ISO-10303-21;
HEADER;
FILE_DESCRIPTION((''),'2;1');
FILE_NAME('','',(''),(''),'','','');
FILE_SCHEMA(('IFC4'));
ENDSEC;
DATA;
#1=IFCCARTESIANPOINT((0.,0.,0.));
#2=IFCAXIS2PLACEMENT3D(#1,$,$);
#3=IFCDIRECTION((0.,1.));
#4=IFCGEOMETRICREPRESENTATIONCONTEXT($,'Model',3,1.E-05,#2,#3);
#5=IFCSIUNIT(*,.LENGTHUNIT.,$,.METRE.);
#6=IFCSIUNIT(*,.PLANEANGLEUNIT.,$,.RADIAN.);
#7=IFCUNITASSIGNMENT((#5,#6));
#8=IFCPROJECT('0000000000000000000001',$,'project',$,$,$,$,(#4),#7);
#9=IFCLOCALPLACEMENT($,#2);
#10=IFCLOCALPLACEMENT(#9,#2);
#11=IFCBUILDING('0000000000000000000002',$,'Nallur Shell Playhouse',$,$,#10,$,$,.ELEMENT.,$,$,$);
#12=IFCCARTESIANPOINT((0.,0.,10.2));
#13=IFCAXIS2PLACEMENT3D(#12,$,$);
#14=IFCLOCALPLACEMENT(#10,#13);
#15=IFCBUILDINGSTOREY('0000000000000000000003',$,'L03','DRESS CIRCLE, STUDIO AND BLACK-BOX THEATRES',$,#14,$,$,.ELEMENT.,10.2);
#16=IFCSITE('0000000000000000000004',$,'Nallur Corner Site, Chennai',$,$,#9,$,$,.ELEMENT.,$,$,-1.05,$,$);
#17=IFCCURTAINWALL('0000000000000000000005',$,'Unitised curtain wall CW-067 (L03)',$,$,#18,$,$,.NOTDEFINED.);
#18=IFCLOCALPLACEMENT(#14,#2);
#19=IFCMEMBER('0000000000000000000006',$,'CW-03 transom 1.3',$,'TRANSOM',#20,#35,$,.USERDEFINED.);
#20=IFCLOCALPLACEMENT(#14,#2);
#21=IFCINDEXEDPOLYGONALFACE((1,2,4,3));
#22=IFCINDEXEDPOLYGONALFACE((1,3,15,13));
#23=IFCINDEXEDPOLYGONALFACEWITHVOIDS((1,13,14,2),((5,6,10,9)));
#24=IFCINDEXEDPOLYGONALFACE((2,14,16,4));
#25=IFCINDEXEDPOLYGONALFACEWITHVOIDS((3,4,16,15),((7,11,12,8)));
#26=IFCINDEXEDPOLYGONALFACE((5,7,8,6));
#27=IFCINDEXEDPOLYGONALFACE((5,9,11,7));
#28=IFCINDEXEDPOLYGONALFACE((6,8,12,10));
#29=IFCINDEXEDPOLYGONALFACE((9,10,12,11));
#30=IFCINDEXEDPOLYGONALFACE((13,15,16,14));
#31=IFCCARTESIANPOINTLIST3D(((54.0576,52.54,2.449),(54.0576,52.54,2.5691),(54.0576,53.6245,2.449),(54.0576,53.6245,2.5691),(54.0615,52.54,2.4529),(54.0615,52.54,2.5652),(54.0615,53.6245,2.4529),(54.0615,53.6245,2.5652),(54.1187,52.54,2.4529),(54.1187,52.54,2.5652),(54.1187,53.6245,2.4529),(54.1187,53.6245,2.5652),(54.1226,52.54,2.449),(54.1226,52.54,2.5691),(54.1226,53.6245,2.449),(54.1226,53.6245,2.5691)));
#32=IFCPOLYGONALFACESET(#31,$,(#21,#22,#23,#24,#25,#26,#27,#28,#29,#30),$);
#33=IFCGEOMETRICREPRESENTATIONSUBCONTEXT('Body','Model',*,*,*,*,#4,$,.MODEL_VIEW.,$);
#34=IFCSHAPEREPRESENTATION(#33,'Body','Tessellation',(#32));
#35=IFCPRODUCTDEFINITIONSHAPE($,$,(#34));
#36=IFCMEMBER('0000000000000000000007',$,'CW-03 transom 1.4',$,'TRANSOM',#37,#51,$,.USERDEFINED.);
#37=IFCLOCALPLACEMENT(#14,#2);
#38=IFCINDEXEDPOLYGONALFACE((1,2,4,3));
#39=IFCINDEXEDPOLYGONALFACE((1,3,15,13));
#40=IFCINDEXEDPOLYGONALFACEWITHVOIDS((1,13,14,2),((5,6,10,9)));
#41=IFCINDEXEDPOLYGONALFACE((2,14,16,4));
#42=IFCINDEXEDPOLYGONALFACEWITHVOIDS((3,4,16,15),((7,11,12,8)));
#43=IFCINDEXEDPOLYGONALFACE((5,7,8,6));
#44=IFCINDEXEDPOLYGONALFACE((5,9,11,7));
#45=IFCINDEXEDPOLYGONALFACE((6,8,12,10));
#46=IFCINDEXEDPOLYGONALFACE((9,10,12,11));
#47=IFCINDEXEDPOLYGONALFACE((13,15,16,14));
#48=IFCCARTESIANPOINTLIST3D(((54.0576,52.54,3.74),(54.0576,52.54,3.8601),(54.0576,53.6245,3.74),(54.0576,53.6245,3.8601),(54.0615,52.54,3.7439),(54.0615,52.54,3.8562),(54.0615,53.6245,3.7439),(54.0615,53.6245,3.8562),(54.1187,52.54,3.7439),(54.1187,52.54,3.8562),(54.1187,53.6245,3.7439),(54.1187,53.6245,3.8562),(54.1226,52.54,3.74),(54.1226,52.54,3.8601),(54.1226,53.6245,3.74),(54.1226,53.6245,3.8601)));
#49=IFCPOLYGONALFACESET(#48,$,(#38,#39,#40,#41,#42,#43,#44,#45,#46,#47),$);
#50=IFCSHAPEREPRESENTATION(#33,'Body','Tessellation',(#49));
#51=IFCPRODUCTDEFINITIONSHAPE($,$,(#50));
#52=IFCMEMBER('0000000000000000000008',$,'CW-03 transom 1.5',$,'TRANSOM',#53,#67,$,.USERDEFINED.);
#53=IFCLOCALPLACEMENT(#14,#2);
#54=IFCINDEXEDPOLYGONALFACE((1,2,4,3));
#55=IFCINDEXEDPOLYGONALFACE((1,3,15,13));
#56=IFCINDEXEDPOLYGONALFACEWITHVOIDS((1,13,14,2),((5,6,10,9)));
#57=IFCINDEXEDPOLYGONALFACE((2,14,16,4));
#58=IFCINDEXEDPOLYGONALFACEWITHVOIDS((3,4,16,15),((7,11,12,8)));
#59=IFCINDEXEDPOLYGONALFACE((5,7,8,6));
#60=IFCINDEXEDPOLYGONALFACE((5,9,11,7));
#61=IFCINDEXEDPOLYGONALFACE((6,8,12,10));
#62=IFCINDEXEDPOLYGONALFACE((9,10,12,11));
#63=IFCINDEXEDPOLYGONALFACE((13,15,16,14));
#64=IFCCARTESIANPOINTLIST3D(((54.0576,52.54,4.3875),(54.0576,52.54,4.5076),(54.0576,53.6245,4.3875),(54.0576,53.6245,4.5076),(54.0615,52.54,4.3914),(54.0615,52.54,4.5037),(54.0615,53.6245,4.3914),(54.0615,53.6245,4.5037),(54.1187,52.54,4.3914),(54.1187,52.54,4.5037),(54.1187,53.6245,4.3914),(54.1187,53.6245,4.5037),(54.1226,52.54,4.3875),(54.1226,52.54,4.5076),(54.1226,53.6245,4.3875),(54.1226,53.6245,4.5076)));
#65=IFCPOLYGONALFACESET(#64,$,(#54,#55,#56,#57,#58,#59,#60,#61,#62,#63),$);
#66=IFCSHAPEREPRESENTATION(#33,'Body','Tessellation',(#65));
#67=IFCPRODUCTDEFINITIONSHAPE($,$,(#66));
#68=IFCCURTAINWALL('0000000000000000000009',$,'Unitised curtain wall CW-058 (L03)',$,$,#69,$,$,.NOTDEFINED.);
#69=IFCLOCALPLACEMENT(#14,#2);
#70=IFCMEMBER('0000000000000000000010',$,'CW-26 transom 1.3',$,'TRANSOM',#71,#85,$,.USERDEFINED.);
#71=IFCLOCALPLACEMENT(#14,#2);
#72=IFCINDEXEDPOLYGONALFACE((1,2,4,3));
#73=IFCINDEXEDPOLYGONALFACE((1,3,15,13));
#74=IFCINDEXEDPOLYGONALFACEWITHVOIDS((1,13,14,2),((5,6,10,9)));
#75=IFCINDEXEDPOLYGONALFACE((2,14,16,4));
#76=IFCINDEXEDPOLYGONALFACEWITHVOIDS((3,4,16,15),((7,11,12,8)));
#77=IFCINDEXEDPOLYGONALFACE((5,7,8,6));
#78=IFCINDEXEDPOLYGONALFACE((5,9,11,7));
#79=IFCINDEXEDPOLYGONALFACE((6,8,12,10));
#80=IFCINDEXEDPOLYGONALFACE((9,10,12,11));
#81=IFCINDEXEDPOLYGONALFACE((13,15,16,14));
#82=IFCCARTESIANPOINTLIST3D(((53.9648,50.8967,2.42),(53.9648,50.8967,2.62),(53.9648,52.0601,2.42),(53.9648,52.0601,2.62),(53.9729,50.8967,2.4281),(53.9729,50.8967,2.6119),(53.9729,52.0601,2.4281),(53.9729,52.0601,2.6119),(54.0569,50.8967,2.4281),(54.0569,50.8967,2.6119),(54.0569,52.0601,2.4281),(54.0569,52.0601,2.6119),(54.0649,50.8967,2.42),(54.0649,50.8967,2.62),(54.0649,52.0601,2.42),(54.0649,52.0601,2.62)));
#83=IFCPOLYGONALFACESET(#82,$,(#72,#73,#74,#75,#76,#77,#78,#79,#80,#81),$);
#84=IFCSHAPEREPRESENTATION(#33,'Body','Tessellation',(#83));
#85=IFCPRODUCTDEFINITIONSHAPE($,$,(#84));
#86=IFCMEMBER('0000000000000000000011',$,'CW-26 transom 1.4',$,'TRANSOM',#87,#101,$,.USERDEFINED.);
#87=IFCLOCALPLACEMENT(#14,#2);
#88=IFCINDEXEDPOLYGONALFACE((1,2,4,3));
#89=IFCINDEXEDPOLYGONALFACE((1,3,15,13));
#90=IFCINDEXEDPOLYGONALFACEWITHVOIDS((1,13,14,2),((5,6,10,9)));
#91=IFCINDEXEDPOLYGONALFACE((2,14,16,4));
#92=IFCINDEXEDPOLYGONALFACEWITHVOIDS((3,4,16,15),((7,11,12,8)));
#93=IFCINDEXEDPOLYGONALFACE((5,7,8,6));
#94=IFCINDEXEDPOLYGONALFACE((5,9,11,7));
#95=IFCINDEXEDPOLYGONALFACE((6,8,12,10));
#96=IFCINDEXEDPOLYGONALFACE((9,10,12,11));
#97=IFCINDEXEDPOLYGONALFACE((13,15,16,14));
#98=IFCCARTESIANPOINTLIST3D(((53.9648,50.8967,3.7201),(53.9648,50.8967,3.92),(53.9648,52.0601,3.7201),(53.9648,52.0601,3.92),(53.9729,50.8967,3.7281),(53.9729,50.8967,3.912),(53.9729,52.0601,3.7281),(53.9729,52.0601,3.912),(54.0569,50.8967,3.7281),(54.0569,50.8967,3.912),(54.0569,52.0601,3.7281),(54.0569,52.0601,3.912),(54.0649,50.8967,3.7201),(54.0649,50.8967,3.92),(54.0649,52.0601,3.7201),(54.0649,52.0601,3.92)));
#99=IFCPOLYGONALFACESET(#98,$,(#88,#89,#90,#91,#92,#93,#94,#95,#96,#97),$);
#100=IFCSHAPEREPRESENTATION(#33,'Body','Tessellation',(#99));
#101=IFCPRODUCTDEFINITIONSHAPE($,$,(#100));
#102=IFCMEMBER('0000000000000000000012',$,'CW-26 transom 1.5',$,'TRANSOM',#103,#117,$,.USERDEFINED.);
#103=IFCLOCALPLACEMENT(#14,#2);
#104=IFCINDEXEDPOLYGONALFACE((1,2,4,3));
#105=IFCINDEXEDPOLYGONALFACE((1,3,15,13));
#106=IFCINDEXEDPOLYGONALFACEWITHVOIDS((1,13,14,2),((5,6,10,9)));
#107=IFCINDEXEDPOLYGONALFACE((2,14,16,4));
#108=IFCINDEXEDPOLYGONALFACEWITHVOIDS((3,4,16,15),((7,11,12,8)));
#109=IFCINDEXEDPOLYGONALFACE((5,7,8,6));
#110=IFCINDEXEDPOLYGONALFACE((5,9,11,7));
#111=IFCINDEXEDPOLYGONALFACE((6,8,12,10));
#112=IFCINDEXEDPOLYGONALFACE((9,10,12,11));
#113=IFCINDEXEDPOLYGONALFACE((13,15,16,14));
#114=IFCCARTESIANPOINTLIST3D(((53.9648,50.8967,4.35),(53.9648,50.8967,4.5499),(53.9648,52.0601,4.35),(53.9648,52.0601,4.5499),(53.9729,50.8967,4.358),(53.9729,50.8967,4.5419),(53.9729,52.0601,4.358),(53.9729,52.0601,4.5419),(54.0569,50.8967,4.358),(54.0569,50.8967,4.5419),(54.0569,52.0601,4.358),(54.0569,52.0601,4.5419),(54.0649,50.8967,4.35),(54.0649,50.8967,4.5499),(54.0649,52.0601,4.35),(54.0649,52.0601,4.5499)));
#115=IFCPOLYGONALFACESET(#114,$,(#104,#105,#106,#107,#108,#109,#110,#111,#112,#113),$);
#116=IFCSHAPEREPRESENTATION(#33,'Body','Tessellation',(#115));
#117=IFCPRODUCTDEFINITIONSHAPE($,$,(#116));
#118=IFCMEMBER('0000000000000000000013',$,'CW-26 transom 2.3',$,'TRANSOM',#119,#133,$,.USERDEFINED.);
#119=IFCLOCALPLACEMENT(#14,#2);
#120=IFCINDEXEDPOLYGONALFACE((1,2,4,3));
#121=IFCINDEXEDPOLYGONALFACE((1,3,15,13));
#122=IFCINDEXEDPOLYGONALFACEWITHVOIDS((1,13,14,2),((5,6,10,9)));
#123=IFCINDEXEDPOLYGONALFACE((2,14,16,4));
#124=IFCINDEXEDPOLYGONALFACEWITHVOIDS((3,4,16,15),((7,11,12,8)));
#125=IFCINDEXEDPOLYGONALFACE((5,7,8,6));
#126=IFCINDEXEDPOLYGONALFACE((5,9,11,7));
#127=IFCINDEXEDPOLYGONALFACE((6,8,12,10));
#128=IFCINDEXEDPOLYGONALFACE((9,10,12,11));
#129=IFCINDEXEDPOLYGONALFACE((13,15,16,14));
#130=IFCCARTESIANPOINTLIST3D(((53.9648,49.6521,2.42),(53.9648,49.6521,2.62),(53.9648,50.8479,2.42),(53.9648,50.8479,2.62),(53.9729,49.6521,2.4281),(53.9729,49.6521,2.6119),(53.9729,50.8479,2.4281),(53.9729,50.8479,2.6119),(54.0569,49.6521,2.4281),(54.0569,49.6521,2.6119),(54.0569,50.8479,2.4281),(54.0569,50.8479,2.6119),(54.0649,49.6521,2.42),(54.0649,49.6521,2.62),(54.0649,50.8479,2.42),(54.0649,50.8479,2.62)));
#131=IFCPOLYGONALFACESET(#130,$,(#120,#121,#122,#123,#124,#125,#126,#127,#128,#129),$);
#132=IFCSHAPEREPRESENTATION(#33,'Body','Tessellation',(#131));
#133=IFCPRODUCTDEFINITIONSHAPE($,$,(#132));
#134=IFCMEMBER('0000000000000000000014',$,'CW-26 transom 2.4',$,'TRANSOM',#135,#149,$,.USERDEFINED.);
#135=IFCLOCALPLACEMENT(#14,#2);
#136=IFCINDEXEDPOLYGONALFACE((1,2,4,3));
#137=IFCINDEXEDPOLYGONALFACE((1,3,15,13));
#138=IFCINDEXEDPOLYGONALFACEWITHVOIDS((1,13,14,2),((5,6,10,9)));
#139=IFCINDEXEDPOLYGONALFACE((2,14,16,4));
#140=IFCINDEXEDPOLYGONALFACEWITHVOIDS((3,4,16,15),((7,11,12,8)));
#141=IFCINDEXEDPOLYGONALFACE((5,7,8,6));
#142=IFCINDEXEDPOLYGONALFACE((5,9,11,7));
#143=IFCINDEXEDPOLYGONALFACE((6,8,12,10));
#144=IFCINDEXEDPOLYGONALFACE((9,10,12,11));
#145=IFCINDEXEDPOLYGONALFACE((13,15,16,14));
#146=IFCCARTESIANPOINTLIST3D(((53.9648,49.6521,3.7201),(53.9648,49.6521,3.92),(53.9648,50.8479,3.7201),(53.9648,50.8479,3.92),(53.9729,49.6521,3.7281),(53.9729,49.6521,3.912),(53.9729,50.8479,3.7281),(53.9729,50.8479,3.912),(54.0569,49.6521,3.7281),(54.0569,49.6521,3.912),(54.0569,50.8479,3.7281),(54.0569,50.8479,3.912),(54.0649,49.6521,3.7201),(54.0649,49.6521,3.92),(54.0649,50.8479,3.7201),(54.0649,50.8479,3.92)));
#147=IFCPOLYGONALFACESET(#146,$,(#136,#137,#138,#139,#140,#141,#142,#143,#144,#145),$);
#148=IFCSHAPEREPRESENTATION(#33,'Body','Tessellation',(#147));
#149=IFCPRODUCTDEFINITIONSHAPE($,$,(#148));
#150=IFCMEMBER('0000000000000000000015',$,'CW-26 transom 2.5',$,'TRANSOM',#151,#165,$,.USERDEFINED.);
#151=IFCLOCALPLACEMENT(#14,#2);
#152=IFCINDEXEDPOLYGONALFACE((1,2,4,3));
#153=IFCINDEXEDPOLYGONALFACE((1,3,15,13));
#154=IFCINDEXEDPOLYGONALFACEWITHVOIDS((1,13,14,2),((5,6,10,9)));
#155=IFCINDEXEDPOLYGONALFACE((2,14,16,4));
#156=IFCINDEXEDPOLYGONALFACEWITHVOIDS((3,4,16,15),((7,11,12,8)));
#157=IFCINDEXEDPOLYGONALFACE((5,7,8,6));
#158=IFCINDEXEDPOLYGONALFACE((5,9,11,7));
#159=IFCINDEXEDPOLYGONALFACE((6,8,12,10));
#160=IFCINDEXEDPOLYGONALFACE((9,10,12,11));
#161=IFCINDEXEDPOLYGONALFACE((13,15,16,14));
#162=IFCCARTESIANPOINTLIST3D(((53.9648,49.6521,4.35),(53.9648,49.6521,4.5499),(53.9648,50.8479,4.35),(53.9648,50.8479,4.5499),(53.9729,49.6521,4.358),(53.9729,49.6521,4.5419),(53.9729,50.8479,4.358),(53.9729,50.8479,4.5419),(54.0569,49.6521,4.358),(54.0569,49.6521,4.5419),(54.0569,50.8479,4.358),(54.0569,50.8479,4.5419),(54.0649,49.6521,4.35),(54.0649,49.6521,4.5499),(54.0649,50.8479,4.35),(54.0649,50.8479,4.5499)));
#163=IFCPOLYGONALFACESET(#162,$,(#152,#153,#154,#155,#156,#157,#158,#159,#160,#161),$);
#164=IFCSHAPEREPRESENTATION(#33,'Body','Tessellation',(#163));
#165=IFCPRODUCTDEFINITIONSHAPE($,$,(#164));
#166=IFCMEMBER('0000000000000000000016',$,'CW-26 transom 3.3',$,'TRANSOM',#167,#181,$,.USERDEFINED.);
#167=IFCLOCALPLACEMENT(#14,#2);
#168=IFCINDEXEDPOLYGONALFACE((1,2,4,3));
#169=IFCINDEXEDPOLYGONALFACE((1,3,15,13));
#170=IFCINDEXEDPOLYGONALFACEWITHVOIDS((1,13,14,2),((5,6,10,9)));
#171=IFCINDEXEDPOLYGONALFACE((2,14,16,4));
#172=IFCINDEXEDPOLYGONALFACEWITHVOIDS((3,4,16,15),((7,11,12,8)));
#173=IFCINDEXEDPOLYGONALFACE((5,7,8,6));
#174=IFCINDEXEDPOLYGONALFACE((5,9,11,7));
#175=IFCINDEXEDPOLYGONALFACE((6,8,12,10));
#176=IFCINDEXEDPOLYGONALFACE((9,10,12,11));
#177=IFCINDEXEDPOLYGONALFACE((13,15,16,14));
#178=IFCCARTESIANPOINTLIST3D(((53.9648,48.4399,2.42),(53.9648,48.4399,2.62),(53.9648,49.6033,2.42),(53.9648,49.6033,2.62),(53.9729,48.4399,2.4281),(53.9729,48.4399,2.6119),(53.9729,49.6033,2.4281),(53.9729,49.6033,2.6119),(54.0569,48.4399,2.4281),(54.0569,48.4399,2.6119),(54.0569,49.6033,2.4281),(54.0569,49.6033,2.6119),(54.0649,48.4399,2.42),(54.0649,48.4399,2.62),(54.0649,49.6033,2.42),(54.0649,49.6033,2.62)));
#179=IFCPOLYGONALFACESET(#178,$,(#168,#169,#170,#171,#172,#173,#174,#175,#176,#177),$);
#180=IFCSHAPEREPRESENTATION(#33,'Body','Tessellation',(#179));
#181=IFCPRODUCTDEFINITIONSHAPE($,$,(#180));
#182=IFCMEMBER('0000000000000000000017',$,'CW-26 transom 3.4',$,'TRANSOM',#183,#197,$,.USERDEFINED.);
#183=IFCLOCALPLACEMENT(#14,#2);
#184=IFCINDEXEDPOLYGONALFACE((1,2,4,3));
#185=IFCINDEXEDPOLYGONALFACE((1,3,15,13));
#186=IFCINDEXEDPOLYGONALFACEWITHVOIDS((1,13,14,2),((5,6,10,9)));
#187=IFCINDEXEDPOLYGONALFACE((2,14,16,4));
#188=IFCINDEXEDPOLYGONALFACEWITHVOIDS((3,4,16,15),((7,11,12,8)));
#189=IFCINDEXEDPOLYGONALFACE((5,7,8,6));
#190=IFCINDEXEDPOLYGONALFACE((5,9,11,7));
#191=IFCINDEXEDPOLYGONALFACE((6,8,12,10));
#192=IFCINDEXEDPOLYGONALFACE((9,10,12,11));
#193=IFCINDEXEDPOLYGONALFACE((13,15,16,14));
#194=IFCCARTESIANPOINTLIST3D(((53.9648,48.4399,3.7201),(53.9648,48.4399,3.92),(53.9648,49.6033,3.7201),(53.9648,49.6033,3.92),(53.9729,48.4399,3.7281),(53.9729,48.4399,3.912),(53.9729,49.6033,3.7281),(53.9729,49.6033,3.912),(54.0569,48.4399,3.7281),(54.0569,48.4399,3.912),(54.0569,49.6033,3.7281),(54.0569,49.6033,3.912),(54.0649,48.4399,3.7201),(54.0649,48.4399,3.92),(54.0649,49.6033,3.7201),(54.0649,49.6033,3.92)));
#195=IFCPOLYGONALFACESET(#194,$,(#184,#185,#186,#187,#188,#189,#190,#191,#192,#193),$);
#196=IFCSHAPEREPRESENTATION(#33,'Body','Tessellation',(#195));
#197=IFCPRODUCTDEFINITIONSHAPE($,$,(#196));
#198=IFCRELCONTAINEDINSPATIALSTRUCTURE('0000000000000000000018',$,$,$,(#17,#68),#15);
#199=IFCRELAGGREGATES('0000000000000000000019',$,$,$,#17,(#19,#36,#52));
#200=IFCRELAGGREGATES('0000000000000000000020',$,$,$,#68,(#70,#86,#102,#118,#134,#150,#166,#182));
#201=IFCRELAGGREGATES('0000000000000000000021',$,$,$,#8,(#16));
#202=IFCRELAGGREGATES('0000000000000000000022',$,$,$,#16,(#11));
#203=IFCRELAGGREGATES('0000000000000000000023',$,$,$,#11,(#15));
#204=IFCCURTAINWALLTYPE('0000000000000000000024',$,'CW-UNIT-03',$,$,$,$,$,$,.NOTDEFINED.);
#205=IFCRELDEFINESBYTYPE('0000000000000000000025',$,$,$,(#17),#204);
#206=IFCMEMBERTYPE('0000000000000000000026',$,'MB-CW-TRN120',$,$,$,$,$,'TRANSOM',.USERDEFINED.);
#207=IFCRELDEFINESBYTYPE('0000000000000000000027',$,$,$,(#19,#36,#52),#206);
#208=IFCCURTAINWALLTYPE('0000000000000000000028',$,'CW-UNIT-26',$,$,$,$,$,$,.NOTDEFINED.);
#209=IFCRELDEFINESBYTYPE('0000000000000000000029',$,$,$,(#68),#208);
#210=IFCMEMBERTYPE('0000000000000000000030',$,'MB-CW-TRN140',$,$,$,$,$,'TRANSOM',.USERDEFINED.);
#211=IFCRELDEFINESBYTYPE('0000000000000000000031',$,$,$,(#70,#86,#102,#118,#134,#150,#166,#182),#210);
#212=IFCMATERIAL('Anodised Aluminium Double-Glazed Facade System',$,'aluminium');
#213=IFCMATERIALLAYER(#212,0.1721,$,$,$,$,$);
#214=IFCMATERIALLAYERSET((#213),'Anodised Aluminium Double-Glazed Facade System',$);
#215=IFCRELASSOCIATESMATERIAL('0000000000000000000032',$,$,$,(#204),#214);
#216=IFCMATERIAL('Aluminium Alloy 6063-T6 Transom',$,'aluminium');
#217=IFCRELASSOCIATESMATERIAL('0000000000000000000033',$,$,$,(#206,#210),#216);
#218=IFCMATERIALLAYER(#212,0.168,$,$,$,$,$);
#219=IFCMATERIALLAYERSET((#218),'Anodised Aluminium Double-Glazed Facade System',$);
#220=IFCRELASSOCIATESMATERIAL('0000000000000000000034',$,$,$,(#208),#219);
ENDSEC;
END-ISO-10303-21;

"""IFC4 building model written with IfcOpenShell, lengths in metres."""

from ifc_helpers import new_model, si_unit, direction, frame, origin, origin_2d, place, context, subcontext, project, spatial, hollow_rectangle, extrude, material, layer, layer_set, material_profile, profile_set, type_object, element, aggregate, save


model = new_model("IFC4")

# Units and contexts
model_context = context("Model", 3, precision=1e-05, world=origin(), true_north=direction((0.0, 1.0)))
body_context = subcontext(model_context, "Body", "Model", "MODEL_VIEW")
ifc_project = project(units=[si_unit("LENGTHUNIT", "METRE"), si_unit("PLANEANGLEUNIT", "RADIAN")], contexts=[model_context])

# Site, building, storey
site_placement = place(None, origin())
site = spatial("IfcSite", under=ifc_project, at=site_placement, Name="Nallur Corner Site, Chennai", CompositionType="ELEMENT", RefElevation=-1.05)
building_placement = place(site_placement, origin())
building = spatial("IfcBuilding", under=site, at=building_placement, Name="Nallur Shell Playhouse", CompositionType="ELEMENT")
storey_placement = place(building_placement, frame((0.0, 0.0, 10.2)))
storey = spatial("IfcBuildingStorey", under=building, at=storey_placement, Name="L03", Description="DRESS CIRCLE, STUDIO AND BLACK-BOX THEATRES", CompositionType="ELEMENT", Elevation=10.2)

# Curtain walls, members
ifc_material_1 = material(Name="Anodised Aluminium Double-Glazed Facade System", Category="aluminium")
ifc_layer_1 = layer(ifc_material_1, 0.1721)
ifc_layer_set_1 = layer_set([ifc_layer_1], Name="Anodised Aluminium Double-Glazed Facade System")
curtain_wall_type_1 = type_object("IfcCurtainWallType", Name="CW-UNIT-03", PredefinedType="NOTDEFINED", material=ifc_layer_set_1)
curtain_wall_1_placement = place(storey_placement, origin())
curtain_wall_1 = element("IfcCurtainWall", 1, at=curtain_wall_1_placement, inside=storey, type_object=curtain_wall_type_1, Name="Unitised curtain wall CW-067 (L03)", PredefinedType="NOTDEFINED")
ifc_material_2 = material(Name="Aluminium Alloy 6063-T6 Transom", Category="aluminium")
ifc_material_profile_1 = material_profile(ifc_material_2, hollow_rectangle(XDim=0.0649, YDim=0.1201, WallThickness=0.0039, at=origin_2d()), Name="ALU 65x120x4")
ifc_profile_set_1 = profile_set([ifc_material_profile_1], Name="Aluminium Alloy 6063-T6 Transom")
member_type_1 = type_object("IfcMemberType", Name="MB-CW-TRN120", ElementType="TRANSOM", PredefinedType="USERDEFINED", material=ifc_profile_set_1)
member_1_placement = place(storey_placement, frame((54.0901, 52.54, 2.509), z_axis=(0.0, 1.0, 0.0), x_axis=(-1.0, 0.0, 0.0)))
member_1 = element("IfcMember", 2, at=member_1_placement, type_object=member_type_1, Name="CW-03 transom 1.3", ObjectType="TRANSOM", PredefinedType="USERDEFINED", context=body_context, shape_type="SweptSolid", body=[
    extrude(hollow_rectangle(XDim=0.0649, YDim=0.1201, WallThickness=0.0039, at=origin_2d()), origin(), (0.0, 0.0, 1.0), 1.0845),
])
member_2_placement = place(storey_placement, frame((54.0901, 52.54, 3.8), z_axis=(0.0, 1.0, 0.0), x_axis=(-1.0, 0.0, 0.0)))
member_2 = element("IfcMember", 3, at=member_2_placement, type_object=member_type_1, Name="CW-03 transom 1.4", ObjectType="TRANSOM", PredefinedType="USERDEFINED", context=body_context, shape_type="SweptSolid", body=[
    extrude(hollow_rectangle(XDim=0.0649, YDim=0.1201, WallThickness=0.0039, at=origin_2d()), origin(), (0.0, 0.0, 1.0), 1.0845),
])
member_3_placement = place(storey_placement, frame((54.0901, 52.54, 4.4475), z_axis=(0.0, 1.0, 0.0), x_axis=(-1.0, 0.0, 0.0)))
member_3 = element("IfcMember", 4, at=member_3_placement, type_object=member_type_1, Name="CW-03 transom 1.5", ObjectType="TRANSOM", PredefinedType="USERDEFINED", context=body_context, shape_type="SweptSolid", body=[
    extrude(hollow_rectangle(XDim=0.0649, YDim=0.1201, WallThickness=0.0039, at=origin_2d()), origin(), (0.0, 0.0, 1.0), 1.0845),
])
aggregate(curtain_wall_1, [member_1, member_2, member_3])
ifc_layer_2 = layer(ifc_material_1, 0.168)
ifc_layer_set_2 = layer_set([ifc_layer_2], Name="Anodised Aluminium Double-Glazed Facade System")
curtain_wall_type_2 = type_object("IfcCurtainWallType", Name="CW-UNIT-26", PredefinedType="NOTDEFINED", material=ifc_layer_set_2)
curtain_wall_2_placement = place(storey_placement, origin())
curtain_wall_2 = element("IfcCurtainWall", 5, at=curtain_wall_2_placement, inside=storey, type_object=curtain_wall_type_2, Name="Unitised curtain wall CW-058 (L03)", PredefinedType="NOTDEFINED")
ifc_material_profile_2 = material_profile(ifc_material_2, hollow_rectangle(XDim=0.1001, YDim=0.2, WallThickness=0.0081, at=origin_2d()), Name="RHS 200x100x8")
ifc_profile_set_2 = profile_set([ifc_material_profile_2], Name="Aluminium Alloy 6063-T6 Transom")
member_type_2 = type_object("IfcMemberType", Name="MB-CW-TRN140", ElementType="TRANSOM", PredefinedType="USERDEFINED", material=ifc_profile_set_2)
member_4_placement = place(storey_placement, frame((54.0149, 52.0601, 2.52), z_axis=(0.0, -1.0, 0.0), x_axis=(1.0, 0.0, 0.0)))
member_4 = element("IfcMember", 6, at=member_4_placement, type_object=member_type_2, Name="CW-26 transom 1.3", ObjectType="TRANSOM", PredefinedType="USERDEFINED", context=body_context, shape_type="SweptSolid", body=[
    extrude(hollow_rectangle(XDim=0.1001, YDim=0.2, WallThickness=0.0081, at=origin_2d()), origin(), (0.0, 0.0, 1.0), 1.1633),
])
member_5_placement = place(storey_placement, frame((54.0149, 52.0601, 3.8201), z_axis=(0.0, -1.0, 0.0), x_axis=(1.0, 0.0, 0.0)))
member_5 = element("IfcMember", 7, at=member_5_placement, type_object=member_type_2, Name="CW-26 transom 1.4", ObjectType="TRANSOM", PredefinedType="USERDEFINED", context=body_context, shape_type="SweptSolid", body=[
    extrude(hollow_rectangle(XDim=0.1001, YDim=0.2, WallThickness=0.0081, at=origin_2d()), origin(), (0.0, 0.0, 1.0), 1.1633),
])
member_6_placement = place(storey_placement, frame((54.0149, 52.0601, 4.45), z_axis=(0.0, -1.0, 0.0), x_axis=(1.0, 0.0, 0.0)))
member_6 = element("IfcMember", 8, at=member_6_placement, type_object=member_type_2, Name="CW-26 transom 1.5", ObjectType="TRANSOM", PredefinedType="USERDEFINED", context=body_context, shape_type="SweptSolid", body=[
    extrude(hollow_rectangle(XDim=0.1001, YDim=0.2, WallThickness=0.0081, at=origin_2d()), origin(), (0.0, 0.0, 1.0), 1.1633),
])
member_7_placement = place(storey_placement, frame((54.0149, 50.8479, 2.52), z_axis=(0.0, -1.0, 0.0), x_axis=(1.0, 0.0, 0.0)))
member_7 = element("IfcMember", 9, at=member_7_placement, type_object=member_type_2, Name="CW-26 transom 2.3", ObjectType="TRANSOM", PredefinedType="USERDEFINED", context=body_context, shape_type="SweptSolid", body=[
    extrude(hollow_rectangle(XDim=0.1001, YDim=0.2, WallThickness=0.0081, at=origin_2d()), origin(), (0.0, 0.0, 1.0), 1.1958),
])
member_8_placement = place(storey_placement, frame((54.0149, 50.8479, 3.8201), z_axis=(0.0, -1.0, 0.0), x_axis=(1.0, 0.0, 0.0)))
member_8 = element("IfcMember", 10, at=member_8_placement, type_object=member_type_2, Name="CW-26 transom 2.4", ObjectType="TRANSOM", PredefinedType="USERDEFINED", context=body_context, shape_type="SweptSolid", body=[
    extrude(hollow_rectangle(XDim=0.1001, YDim=0.2, WallThickness=0.0081, at=origin_2d()), origin(), (0.0, 0.0, 1.0), 1.1958),
])
member_9_placement = place(storey_placement, frame((54.0149, 50.8479, 4.45), z_axis=(0.0, -1.0, 0.0), x_axis=(1.0, 0.0, 0.0)))
member_9 = element("IfcMember", 11, at=member_9_placement, type_object=member_type_2, Name="CW-26 transom 2.5", ObjectType="TRANSOM", PredefinedType="USERDEFINED", context=body_context, shape_type="SweptSolid", body=[
    extrude(hollow_rectangle(XDim=0.1001, YDim=0.2, WallThickness=0.0081, at=origin_2d()), origin(), (0.0, 0.0, 1.0), 1.1958),
])
member_10_placement = place(storey_placement, frame((54.0149, 49.6033, 2.52), z_axis=(0.0, -1.0, 0.0), x_axis=(1.0, 0.0, 0.0)))
member_10 = element("IfcMember", 12, at=member_10_placement, type_object=member_type_2, Name="CW-26 transom 3.3", ObjectType="TRANSOM", PredefinedType="USERDEFINED", context=body_context, shape_type="SweptSolid", body=[
    extrude(hollow_rectangle(XDim=0.1001, YDim=0.2, WallThickness=0.0081, at=origin_2d()), origin(), (0.0, 0.0, 1.0), 1.1633),
])
member_11_placement = place(storey_placement, frame((54.0149, 49.6033, 3.8201), z_axis=(0.0, -1.0, 0.0), x_axis=(1.0, 0.0, 0.0)))
member_11 = element("IfcMember", 13, at=member_11_placement, type_object=member_type_2, Name="CW-26 transom 3.4", ObjectType="TRANSOM", PredefinedType="USERDEFINED", context=body_context, shape_type="SweptSolid", body=[
    extrude(hollow_rectangle(XDim=0.1001, YDim=0.2, WallThickness=0.0081, at=origin_2d()), origin(), (0.0, 0.0, 1.0), 1.1633),
])

aggregate(curtain_wall_2, [member_4, member_5, member_6, member_7, member_8, member_9, member_10, member_11])

save(model, "model.ifc")
